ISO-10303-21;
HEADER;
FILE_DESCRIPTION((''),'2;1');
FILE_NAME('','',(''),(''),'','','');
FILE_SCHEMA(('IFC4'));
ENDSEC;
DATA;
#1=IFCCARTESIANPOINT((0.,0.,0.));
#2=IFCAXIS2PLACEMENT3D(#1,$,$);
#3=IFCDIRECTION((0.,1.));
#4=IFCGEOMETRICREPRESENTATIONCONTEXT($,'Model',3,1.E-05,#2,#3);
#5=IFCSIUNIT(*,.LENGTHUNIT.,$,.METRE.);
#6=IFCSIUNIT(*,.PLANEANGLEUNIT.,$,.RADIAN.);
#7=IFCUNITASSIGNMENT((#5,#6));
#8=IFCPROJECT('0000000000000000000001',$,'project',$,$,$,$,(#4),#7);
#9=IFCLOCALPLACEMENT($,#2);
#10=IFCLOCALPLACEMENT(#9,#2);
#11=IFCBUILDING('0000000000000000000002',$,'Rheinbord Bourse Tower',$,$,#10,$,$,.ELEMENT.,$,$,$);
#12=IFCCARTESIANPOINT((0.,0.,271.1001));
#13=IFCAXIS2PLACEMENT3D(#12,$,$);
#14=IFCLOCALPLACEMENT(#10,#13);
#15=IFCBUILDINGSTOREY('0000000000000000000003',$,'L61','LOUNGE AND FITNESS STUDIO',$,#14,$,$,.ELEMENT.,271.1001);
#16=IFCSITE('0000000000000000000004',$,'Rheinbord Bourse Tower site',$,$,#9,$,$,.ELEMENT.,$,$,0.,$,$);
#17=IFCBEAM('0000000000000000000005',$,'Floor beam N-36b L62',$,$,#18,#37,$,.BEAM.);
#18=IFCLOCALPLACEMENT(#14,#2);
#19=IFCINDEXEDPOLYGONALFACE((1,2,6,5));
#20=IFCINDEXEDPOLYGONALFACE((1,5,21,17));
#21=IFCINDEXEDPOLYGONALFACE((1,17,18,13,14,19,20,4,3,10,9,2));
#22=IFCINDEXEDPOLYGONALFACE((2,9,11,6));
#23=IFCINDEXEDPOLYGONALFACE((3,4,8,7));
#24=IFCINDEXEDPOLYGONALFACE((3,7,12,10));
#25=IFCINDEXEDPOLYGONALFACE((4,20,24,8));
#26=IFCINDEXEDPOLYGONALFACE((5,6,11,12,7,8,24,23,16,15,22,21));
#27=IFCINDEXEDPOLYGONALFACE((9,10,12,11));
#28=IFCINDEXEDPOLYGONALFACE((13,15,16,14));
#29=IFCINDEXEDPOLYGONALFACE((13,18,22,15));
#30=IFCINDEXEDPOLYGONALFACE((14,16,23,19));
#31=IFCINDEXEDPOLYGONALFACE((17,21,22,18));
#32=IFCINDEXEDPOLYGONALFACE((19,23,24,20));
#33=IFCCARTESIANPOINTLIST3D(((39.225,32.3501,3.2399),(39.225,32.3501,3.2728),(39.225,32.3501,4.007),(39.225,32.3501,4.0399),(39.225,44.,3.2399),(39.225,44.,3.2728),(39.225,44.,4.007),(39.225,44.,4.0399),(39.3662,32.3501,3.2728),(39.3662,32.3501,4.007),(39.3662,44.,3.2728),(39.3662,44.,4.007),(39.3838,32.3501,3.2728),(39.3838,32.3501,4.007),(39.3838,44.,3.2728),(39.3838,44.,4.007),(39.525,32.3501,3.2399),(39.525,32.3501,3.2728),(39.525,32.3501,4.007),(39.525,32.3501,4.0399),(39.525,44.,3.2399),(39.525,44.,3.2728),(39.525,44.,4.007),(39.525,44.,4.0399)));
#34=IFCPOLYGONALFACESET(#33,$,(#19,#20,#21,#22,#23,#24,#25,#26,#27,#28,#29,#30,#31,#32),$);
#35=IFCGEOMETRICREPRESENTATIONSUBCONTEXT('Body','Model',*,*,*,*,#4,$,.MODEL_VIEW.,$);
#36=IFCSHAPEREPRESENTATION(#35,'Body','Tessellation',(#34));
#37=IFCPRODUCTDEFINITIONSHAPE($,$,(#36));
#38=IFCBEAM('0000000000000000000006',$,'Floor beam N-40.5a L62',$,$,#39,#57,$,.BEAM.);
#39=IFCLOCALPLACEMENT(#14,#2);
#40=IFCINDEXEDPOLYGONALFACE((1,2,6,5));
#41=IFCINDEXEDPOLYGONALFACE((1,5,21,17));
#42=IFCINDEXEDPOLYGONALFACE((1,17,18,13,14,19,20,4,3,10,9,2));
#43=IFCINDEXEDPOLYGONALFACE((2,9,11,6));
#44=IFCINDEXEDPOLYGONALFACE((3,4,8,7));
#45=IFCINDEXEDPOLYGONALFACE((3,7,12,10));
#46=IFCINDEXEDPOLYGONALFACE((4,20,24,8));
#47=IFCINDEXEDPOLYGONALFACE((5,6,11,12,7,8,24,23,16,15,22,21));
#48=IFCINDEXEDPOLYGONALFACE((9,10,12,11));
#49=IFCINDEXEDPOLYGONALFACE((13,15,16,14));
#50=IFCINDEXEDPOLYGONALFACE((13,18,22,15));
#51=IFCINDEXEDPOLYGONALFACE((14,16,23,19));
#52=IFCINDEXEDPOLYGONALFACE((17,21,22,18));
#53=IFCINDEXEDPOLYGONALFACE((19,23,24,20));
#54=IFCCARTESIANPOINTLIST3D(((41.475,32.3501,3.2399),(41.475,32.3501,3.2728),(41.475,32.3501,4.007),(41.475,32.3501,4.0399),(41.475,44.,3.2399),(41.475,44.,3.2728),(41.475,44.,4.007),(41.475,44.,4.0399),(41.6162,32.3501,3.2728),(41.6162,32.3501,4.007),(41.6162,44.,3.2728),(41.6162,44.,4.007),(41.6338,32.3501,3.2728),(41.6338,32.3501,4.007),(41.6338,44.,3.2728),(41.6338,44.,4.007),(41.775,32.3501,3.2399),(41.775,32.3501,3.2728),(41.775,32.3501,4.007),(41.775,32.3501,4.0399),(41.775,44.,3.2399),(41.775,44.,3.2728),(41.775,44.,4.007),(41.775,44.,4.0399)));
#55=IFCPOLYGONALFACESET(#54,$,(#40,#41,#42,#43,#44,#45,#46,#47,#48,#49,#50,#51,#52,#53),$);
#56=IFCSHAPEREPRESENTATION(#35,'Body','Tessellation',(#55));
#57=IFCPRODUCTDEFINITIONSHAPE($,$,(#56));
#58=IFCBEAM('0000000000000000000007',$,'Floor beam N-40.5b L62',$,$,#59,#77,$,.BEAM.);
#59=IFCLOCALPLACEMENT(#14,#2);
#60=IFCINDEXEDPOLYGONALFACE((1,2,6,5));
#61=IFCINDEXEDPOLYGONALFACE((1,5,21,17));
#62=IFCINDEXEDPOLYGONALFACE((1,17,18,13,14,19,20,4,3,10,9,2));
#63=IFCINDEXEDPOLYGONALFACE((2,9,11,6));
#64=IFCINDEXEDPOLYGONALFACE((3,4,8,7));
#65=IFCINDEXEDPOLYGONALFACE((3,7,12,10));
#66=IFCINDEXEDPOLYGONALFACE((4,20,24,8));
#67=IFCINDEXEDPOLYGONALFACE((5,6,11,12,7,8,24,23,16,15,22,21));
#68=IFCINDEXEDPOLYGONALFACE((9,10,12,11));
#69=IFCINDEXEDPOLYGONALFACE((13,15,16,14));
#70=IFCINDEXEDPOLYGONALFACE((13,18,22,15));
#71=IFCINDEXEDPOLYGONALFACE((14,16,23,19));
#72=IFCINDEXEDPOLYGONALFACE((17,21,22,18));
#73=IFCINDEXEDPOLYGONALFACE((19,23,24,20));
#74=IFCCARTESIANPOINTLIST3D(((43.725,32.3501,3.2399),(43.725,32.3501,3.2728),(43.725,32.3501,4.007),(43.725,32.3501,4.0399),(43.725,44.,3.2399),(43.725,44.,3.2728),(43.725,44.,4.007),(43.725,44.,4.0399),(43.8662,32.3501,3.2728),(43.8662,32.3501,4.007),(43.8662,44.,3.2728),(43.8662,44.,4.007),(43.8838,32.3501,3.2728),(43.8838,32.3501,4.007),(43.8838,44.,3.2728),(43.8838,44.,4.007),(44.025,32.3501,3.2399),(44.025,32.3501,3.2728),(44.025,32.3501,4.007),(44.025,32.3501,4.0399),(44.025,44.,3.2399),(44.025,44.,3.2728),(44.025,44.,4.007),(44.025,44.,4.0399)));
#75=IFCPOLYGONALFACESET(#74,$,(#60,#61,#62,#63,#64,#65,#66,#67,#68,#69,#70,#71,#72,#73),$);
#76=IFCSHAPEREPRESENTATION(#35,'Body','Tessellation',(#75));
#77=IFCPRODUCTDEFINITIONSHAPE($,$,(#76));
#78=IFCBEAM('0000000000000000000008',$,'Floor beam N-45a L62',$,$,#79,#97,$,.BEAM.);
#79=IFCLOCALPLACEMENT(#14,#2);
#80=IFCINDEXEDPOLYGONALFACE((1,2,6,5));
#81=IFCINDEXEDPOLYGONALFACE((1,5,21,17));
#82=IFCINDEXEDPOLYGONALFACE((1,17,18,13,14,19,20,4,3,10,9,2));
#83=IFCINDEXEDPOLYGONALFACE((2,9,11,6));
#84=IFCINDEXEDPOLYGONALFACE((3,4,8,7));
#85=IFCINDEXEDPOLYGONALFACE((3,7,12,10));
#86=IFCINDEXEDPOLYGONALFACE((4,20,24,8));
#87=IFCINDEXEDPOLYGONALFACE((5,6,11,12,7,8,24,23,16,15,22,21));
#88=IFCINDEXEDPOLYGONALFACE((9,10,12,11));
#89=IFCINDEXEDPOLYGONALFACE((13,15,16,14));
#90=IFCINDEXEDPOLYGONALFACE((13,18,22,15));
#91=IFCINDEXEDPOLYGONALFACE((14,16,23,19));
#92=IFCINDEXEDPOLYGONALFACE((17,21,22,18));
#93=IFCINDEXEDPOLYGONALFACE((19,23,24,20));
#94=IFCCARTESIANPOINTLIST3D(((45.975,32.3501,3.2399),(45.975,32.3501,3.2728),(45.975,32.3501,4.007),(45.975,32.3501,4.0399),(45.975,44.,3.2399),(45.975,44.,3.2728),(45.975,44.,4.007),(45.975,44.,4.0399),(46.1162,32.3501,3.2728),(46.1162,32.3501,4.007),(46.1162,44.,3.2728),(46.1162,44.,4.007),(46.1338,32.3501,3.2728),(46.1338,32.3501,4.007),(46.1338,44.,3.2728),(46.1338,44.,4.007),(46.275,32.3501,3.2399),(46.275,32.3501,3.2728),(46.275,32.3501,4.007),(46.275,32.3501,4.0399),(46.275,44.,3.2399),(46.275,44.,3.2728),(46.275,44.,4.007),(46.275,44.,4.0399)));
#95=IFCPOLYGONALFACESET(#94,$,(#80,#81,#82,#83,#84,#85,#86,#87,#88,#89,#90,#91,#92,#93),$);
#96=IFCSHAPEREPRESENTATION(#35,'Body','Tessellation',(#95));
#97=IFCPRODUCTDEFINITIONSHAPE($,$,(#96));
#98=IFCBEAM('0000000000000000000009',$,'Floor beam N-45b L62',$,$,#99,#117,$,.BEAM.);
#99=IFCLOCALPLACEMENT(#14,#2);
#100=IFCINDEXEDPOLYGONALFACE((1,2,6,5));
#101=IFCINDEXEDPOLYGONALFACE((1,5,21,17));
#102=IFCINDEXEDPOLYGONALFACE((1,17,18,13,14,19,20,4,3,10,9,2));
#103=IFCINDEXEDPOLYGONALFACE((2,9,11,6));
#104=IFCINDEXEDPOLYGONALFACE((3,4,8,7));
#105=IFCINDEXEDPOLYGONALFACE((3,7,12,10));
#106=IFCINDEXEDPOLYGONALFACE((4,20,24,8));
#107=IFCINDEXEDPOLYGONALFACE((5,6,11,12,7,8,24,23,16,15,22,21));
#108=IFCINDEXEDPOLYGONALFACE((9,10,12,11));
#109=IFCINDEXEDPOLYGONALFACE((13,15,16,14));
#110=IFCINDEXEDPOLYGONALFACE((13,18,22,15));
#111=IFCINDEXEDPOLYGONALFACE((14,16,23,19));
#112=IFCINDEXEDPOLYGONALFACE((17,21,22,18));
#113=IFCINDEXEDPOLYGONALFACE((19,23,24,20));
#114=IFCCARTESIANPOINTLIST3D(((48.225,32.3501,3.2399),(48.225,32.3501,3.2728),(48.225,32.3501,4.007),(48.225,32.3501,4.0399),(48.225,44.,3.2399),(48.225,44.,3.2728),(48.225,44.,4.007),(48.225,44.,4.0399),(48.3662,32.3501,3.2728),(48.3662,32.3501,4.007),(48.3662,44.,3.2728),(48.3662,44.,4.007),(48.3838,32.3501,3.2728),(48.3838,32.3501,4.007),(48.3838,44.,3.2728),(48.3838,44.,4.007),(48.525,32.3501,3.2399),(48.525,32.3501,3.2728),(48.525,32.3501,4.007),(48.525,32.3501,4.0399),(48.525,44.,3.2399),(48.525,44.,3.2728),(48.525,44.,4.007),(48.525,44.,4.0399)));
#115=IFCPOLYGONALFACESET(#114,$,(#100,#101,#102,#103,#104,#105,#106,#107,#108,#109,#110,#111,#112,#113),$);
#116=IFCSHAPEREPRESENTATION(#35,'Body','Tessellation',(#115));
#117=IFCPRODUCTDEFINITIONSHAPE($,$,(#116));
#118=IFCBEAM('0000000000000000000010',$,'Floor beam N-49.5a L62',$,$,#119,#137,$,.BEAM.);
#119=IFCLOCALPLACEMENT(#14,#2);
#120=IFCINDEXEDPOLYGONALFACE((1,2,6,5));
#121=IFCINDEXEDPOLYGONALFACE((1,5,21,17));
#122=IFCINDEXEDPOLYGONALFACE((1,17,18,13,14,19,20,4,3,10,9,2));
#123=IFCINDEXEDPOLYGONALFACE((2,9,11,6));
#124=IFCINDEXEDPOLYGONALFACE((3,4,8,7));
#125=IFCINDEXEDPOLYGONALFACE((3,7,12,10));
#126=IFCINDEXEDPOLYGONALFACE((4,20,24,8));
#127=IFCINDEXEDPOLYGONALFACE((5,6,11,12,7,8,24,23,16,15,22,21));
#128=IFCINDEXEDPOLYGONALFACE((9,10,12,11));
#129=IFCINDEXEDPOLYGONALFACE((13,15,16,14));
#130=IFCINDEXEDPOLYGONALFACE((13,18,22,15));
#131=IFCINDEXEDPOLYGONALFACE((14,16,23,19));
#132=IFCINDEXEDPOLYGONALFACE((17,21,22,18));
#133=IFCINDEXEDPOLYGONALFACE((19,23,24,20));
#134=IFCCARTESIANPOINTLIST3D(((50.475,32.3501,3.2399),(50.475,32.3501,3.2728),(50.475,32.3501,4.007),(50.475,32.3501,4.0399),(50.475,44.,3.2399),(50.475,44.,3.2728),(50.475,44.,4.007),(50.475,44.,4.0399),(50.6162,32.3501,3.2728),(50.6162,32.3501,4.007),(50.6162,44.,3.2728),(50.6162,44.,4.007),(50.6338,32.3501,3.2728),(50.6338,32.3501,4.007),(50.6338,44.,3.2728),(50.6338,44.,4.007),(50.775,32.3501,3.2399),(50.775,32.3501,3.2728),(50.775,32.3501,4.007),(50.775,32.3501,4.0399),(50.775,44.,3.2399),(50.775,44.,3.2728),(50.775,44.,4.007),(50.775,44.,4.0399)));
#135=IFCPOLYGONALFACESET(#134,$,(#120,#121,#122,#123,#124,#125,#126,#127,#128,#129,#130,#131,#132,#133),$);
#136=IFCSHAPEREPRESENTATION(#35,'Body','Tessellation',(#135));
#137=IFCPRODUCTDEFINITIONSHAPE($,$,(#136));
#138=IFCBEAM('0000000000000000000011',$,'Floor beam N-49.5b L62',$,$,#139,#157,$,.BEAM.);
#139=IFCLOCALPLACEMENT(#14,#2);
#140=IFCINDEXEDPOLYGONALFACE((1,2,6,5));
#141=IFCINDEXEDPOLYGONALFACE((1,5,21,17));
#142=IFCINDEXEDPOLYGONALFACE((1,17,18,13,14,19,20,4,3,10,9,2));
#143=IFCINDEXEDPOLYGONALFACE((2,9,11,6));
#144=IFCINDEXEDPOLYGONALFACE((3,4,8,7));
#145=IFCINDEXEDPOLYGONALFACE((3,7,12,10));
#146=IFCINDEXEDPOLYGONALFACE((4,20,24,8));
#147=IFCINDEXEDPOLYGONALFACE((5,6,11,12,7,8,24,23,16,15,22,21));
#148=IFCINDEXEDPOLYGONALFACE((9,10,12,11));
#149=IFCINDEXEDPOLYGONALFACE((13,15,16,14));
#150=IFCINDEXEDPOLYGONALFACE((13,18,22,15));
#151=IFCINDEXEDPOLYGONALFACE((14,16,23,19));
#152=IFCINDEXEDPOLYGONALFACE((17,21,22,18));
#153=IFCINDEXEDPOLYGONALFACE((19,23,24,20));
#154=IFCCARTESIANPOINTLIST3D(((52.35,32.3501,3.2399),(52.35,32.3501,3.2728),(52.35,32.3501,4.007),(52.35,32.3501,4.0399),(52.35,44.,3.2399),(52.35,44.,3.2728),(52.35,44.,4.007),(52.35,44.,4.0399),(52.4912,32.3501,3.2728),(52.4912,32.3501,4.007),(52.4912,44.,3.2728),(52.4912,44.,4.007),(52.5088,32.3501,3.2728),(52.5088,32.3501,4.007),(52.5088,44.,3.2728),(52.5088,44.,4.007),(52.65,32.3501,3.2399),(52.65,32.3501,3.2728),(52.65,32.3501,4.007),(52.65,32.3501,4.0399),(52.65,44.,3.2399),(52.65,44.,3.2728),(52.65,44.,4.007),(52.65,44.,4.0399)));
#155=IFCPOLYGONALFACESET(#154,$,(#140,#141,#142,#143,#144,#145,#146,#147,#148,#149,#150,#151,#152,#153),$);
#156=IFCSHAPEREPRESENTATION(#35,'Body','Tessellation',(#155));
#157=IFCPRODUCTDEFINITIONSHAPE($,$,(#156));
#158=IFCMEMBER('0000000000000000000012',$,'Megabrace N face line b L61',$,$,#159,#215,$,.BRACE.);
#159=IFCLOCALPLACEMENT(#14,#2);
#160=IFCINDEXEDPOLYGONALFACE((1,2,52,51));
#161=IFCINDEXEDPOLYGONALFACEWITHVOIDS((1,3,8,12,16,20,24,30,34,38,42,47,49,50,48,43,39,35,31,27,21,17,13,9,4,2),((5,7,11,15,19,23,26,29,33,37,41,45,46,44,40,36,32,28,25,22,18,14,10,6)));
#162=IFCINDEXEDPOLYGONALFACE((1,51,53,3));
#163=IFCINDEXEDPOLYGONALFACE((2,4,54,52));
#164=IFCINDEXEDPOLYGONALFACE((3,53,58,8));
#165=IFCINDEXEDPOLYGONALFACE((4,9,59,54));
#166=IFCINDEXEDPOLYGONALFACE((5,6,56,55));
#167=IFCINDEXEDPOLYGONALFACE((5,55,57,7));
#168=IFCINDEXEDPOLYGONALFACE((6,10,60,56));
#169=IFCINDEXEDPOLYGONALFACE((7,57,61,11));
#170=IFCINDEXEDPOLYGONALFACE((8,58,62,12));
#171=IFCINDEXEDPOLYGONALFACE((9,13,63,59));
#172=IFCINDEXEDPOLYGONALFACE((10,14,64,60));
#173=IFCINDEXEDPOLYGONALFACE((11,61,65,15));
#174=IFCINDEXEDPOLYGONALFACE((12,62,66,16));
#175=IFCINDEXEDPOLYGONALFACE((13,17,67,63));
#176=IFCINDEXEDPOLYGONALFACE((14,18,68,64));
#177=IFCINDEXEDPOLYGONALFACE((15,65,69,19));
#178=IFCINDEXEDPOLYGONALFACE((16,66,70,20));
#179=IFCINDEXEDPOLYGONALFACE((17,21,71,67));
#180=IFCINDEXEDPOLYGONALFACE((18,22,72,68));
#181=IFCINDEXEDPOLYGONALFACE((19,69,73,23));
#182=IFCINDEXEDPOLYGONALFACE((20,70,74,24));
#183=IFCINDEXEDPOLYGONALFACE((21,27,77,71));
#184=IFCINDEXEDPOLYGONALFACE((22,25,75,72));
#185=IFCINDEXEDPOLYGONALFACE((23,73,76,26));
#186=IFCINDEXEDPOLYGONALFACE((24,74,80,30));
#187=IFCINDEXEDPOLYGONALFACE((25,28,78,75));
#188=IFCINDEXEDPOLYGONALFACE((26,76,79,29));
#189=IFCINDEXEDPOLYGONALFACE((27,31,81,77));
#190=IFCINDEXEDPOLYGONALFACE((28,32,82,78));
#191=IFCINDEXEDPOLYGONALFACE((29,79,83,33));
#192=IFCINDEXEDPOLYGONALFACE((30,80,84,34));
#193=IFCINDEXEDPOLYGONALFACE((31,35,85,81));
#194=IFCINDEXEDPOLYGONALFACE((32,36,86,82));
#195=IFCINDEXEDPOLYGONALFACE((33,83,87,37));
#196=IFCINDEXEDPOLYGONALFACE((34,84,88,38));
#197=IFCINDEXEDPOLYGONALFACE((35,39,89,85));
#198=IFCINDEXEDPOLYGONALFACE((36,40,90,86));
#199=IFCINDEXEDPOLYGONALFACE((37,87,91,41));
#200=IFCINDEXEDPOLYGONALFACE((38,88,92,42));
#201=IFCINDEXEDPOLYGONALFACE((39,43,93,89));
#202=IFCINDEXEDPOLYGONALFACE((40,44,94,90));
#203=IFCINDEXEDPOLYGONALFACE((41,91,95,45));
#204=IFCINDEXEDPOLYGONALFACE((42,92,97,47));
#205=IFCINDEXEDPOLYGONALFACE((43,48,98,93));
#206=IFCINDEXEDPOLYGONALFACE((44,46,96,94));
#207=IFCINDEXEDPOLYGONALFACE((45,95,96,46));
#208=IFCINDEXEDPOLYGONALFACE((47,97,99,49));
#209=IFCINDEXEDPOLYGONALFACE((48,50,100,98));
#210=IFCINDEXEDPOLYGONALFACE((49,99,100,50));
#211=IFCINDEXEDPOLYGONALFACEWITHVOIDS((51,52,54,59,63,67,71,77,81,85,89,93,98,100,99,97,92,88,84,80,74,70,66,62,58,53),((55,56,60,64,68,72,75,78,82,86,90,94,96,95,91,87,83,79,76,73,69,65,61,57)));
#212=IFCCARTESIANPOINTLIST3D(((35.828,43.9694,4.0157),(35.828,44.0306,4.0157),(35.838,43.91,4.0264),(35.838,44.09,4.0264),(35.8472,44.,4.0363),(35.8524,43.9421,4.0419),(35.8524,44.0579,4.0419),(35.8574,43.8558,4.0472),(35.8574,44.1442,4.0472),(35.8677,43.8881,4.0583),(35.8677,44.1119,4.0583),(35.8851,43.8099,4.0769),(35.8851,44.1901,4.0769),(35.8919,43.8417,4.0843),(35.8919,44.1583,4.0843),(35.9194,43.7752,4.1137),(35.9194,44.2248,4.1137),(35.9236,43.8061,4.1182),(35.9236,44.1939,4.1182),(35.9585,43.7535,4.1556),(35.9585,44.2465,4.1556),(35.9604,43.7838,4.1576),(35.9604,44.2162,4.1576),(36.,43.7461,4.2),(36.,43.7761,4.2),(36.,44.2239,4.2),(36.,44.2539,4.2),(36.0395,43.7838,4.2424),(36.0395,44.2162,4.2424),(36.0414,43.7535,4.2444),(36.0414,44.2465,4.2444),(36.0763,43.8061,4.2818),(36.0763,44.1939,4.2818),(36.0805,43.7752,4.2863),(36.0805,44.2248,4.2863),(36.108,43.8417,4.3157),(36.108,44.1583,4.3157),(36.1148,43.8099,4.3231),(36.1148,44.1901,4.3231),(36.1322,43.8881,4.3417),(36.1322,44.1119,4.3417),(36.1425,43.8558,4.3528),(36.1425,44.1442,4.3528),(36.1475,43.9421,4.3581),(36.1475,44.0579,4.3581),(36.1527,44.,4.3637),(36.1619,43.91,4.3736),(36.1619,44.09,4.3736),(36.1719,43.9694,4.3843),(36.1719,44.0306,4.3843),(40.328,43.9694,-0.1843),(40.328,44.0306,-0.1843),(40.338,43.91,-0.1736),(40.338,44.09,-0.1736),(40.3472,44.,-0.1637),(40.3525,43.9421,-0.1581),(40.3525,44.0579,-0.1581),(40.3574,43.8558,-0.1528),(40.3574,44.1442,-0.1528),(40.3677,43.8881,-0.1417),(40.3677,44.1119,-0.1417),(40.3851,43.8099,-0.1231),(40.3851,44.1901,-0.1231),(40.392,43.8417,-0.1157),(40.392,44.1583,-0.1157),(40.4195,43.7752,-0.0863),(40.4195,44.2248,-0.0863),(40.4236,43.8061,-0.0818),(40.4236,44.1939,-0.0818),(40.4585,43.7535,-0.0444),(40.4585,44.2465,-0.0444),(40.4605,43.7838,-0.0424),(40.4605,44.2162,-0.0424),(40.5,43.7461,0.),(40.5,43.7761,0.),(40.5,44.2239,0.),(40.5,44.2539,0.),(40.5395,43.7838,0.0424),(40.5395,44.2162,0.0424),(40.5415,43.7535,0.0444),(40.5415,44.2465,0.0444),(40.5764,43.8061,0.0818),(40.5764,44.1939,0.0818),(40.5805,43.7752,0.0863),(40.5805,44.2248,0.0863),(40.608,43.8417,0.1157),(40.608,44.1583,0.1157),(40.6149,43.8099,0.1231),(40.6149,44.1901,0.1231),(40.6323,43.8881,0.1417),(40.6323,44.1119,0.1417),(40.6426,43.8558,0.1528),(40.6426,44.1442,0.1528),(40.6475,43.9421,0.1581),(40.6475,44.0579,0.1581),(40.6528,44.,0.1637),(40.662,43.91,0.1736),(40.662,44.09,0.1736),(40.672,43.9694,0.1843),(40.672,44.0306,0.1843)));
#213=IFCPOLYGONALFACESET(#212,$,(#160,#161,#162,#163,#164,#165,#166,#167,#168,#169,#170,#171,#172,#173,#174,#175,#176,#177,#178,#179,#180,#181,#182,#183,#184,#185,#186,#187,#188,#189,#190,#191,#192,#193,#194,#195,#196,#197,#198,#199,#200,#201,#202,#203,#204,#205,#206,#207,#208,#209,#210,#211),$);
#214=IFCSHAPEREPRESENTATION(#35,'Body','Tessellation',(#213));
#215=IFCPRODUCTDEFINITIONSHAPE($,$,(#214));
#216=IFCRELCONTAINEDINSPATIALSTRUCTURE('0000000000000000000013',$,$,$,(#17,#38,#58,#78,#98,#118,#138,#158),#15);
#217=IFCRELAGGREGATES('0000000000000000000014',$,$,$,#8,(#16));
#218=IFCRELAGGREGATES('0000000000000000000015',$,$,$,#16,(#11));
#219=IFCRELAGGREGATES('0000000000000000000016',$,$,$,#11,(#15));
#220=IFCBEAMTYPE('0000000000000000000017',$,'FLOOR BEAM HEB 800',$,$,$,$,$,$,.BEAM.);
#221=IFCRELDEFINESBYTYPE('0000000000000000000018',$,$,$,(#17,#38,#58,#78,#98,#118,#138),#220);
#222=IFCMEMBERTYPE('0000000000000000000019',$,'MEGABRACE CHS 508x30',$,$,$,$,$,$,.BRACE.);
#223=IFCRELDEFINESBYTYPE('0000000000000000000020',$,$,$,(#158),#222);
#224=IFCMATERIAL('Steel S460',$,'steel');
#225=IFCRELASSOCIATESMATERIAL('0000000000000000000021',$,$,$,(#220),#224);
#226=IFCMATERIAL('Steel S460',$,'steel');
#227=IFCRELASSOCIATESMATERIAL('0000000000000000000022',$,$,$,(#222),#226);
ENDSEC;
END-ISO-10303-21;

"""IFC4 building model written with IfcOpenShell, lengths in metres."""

from ifc_helpers import new_model, si_unit, direction, frame, origin, origin_2d, place, context, subcontext, project, spatial, hollow_circle, i_section, extrude, material, material_profile, profile_set, type_object, element, save


model = new_model("IFC4")

# Units and contexts
model_context = context("Model", 3, precision=1e-05, world=origin(), true_north=direction((0.0, 1.0)))
body_context = subcontext(model_context, "Body", "Model", "MODEL_VIEW")
ifc_project = project(units=[si_unit("LENGTHUNIT", "METRE"), si_unit("PLANEANGLEUNIT", "RADIAN")], contexts=[model_context])

# Site, building, storey
site_placement = place(None, origin())
site = spatial("IfcSite", under=ifc_project, at=site_placement, Name="Rheinbord Bourse Tower site", CompositionType="ELEMENT", RefElevation=0.0)
building_placement = place(site_placement, origin())
building = spatial("IfcBuilding", under=site, at=building_placement, Name="Rheinbord Bourse Tower", CompositionType="ELEMENT")
storey_placement = place(building_placement, frame((0.0, 0.0, 271.1001)))
storey = spatial("IfcBuildingStorey", under=building, at=storey_placement, Name="L61", Description="LOUNGE AND FITNESS STUDIO", CompositionType="ELEMENT", Elevation=271.1001)

# Beams
ifc_material_1 = material(Name="Steel S460", Category="steel")
ifc_material_profile_1 = material_profile(ifc_material_1, i_section(OverallWidth=0.3, OverallDepth=0.8, WebThickness=0.0176, FlangeThickness=0.033, at=origin_2d()), Name="HEB 800")
ifc_profile_set_1 = profile_set([ifc_material_profile_1], Name="Steel S460")
beam_type_1 = type_object("IfcBeamType", Name="FLOOR BEAM HEB 800", PredefinedType="BEAM", material=ifc_profile_set_1)
for number, where, z_axis, x_axis, name in (
    (1, (39.375, 44.0, 3.6399), (0.0, -1.0, 0.0), (1.0, 0.0, 0.0), "Floor beam N-36b L62"),
    (2, (41.625, 44.0, 3.6399), (0.0, -1.0, 0.0), (1.0, 0.0, 0.0), "Floor beam N-40.5a L62"),
    (3, (43.875, 44.0, 3.6399), (0.0, -1.0, 0.0), (1.0, 0.0, 0.0), "Floor beam N-40.5b L62"),
    (4, (46.125, 44.0, 3.6399), (0.0, -1.0, 0.0), (1.0, 0.0, 0.0), "Floor beam N-45a L62"),
    (5, (48.375, 44.0, 3.6399), (0.0, -1.0, 0.0), (1.0, 0.0, 0.0), "Floor beam N-45b L62"),
    (6, (50.625, 44.0, 3.6399), (0.0, -1.0, 0.0), (1.0, 0.0, 0.0), "Floor beam N-49.5a L62"),
    (7, (52.5, 44.0, 3.6399), (0.0, -1.0, 0.0), (1.0, 0.0, 0.0), "Floor beam N-49.5b L62"),
):
    element("IfcBeam", number, at=place(storey_placement, frame(where, z_axis=z_axis, x_axis=x_axis)), inside=storey, type_object=beam_type_1, Name=name, PredefinedType="BEAM", context=body_context, shape_type="SweptSolid", body=[
        extrude(i_section(OverallWidth=0.3, OverallDepth=0.8, WebThickness=0.0176, FlangeThickness=0.033, at=origin_2d()), origin(), (0.0, 0.0, 1.0), 11.6499),
    ])

# Member
ifc_material_2 = material(Name="Steel S460", Category="steel")
ifc_material_profile_2 = material_profile(ifc_material_2, hollow_circle(Radius=0.2539, WallThickness=0.03, at=origin_2d()), Name="CHS 508x30")
ifc_profile_set_2 = profile_set([ifc_material_profile_2], Name="Steel S460")
member_type_1 = type_object("IfcMemberType", Name="MEGABRACE CHS 508x30", PredefinedType="BRACE", material=ifc_profile_set_2)
member_1_placement = place(storey_placement, frame((40.5, 44.0, 0.0), z_axis=(-0.731059, 0.0, 0.682314), x_axis=(0.0, -1.0, 0.0)))
element("IfcMember", 8, at=member_1_placement, inside=storey, type_object=member_type_1, Name="Megabrace N face line b L61", PredefinedType="BRACE", context=body_context, shape_type="SweptSolid", body=[
    extrude(hollow_circle(Radius=0.2539, WallThickness=0.03, at=origin_2d()), origin(), (0.0, 0.0, 1.0), 6.1555),
])

save(model, "model.ifc")
